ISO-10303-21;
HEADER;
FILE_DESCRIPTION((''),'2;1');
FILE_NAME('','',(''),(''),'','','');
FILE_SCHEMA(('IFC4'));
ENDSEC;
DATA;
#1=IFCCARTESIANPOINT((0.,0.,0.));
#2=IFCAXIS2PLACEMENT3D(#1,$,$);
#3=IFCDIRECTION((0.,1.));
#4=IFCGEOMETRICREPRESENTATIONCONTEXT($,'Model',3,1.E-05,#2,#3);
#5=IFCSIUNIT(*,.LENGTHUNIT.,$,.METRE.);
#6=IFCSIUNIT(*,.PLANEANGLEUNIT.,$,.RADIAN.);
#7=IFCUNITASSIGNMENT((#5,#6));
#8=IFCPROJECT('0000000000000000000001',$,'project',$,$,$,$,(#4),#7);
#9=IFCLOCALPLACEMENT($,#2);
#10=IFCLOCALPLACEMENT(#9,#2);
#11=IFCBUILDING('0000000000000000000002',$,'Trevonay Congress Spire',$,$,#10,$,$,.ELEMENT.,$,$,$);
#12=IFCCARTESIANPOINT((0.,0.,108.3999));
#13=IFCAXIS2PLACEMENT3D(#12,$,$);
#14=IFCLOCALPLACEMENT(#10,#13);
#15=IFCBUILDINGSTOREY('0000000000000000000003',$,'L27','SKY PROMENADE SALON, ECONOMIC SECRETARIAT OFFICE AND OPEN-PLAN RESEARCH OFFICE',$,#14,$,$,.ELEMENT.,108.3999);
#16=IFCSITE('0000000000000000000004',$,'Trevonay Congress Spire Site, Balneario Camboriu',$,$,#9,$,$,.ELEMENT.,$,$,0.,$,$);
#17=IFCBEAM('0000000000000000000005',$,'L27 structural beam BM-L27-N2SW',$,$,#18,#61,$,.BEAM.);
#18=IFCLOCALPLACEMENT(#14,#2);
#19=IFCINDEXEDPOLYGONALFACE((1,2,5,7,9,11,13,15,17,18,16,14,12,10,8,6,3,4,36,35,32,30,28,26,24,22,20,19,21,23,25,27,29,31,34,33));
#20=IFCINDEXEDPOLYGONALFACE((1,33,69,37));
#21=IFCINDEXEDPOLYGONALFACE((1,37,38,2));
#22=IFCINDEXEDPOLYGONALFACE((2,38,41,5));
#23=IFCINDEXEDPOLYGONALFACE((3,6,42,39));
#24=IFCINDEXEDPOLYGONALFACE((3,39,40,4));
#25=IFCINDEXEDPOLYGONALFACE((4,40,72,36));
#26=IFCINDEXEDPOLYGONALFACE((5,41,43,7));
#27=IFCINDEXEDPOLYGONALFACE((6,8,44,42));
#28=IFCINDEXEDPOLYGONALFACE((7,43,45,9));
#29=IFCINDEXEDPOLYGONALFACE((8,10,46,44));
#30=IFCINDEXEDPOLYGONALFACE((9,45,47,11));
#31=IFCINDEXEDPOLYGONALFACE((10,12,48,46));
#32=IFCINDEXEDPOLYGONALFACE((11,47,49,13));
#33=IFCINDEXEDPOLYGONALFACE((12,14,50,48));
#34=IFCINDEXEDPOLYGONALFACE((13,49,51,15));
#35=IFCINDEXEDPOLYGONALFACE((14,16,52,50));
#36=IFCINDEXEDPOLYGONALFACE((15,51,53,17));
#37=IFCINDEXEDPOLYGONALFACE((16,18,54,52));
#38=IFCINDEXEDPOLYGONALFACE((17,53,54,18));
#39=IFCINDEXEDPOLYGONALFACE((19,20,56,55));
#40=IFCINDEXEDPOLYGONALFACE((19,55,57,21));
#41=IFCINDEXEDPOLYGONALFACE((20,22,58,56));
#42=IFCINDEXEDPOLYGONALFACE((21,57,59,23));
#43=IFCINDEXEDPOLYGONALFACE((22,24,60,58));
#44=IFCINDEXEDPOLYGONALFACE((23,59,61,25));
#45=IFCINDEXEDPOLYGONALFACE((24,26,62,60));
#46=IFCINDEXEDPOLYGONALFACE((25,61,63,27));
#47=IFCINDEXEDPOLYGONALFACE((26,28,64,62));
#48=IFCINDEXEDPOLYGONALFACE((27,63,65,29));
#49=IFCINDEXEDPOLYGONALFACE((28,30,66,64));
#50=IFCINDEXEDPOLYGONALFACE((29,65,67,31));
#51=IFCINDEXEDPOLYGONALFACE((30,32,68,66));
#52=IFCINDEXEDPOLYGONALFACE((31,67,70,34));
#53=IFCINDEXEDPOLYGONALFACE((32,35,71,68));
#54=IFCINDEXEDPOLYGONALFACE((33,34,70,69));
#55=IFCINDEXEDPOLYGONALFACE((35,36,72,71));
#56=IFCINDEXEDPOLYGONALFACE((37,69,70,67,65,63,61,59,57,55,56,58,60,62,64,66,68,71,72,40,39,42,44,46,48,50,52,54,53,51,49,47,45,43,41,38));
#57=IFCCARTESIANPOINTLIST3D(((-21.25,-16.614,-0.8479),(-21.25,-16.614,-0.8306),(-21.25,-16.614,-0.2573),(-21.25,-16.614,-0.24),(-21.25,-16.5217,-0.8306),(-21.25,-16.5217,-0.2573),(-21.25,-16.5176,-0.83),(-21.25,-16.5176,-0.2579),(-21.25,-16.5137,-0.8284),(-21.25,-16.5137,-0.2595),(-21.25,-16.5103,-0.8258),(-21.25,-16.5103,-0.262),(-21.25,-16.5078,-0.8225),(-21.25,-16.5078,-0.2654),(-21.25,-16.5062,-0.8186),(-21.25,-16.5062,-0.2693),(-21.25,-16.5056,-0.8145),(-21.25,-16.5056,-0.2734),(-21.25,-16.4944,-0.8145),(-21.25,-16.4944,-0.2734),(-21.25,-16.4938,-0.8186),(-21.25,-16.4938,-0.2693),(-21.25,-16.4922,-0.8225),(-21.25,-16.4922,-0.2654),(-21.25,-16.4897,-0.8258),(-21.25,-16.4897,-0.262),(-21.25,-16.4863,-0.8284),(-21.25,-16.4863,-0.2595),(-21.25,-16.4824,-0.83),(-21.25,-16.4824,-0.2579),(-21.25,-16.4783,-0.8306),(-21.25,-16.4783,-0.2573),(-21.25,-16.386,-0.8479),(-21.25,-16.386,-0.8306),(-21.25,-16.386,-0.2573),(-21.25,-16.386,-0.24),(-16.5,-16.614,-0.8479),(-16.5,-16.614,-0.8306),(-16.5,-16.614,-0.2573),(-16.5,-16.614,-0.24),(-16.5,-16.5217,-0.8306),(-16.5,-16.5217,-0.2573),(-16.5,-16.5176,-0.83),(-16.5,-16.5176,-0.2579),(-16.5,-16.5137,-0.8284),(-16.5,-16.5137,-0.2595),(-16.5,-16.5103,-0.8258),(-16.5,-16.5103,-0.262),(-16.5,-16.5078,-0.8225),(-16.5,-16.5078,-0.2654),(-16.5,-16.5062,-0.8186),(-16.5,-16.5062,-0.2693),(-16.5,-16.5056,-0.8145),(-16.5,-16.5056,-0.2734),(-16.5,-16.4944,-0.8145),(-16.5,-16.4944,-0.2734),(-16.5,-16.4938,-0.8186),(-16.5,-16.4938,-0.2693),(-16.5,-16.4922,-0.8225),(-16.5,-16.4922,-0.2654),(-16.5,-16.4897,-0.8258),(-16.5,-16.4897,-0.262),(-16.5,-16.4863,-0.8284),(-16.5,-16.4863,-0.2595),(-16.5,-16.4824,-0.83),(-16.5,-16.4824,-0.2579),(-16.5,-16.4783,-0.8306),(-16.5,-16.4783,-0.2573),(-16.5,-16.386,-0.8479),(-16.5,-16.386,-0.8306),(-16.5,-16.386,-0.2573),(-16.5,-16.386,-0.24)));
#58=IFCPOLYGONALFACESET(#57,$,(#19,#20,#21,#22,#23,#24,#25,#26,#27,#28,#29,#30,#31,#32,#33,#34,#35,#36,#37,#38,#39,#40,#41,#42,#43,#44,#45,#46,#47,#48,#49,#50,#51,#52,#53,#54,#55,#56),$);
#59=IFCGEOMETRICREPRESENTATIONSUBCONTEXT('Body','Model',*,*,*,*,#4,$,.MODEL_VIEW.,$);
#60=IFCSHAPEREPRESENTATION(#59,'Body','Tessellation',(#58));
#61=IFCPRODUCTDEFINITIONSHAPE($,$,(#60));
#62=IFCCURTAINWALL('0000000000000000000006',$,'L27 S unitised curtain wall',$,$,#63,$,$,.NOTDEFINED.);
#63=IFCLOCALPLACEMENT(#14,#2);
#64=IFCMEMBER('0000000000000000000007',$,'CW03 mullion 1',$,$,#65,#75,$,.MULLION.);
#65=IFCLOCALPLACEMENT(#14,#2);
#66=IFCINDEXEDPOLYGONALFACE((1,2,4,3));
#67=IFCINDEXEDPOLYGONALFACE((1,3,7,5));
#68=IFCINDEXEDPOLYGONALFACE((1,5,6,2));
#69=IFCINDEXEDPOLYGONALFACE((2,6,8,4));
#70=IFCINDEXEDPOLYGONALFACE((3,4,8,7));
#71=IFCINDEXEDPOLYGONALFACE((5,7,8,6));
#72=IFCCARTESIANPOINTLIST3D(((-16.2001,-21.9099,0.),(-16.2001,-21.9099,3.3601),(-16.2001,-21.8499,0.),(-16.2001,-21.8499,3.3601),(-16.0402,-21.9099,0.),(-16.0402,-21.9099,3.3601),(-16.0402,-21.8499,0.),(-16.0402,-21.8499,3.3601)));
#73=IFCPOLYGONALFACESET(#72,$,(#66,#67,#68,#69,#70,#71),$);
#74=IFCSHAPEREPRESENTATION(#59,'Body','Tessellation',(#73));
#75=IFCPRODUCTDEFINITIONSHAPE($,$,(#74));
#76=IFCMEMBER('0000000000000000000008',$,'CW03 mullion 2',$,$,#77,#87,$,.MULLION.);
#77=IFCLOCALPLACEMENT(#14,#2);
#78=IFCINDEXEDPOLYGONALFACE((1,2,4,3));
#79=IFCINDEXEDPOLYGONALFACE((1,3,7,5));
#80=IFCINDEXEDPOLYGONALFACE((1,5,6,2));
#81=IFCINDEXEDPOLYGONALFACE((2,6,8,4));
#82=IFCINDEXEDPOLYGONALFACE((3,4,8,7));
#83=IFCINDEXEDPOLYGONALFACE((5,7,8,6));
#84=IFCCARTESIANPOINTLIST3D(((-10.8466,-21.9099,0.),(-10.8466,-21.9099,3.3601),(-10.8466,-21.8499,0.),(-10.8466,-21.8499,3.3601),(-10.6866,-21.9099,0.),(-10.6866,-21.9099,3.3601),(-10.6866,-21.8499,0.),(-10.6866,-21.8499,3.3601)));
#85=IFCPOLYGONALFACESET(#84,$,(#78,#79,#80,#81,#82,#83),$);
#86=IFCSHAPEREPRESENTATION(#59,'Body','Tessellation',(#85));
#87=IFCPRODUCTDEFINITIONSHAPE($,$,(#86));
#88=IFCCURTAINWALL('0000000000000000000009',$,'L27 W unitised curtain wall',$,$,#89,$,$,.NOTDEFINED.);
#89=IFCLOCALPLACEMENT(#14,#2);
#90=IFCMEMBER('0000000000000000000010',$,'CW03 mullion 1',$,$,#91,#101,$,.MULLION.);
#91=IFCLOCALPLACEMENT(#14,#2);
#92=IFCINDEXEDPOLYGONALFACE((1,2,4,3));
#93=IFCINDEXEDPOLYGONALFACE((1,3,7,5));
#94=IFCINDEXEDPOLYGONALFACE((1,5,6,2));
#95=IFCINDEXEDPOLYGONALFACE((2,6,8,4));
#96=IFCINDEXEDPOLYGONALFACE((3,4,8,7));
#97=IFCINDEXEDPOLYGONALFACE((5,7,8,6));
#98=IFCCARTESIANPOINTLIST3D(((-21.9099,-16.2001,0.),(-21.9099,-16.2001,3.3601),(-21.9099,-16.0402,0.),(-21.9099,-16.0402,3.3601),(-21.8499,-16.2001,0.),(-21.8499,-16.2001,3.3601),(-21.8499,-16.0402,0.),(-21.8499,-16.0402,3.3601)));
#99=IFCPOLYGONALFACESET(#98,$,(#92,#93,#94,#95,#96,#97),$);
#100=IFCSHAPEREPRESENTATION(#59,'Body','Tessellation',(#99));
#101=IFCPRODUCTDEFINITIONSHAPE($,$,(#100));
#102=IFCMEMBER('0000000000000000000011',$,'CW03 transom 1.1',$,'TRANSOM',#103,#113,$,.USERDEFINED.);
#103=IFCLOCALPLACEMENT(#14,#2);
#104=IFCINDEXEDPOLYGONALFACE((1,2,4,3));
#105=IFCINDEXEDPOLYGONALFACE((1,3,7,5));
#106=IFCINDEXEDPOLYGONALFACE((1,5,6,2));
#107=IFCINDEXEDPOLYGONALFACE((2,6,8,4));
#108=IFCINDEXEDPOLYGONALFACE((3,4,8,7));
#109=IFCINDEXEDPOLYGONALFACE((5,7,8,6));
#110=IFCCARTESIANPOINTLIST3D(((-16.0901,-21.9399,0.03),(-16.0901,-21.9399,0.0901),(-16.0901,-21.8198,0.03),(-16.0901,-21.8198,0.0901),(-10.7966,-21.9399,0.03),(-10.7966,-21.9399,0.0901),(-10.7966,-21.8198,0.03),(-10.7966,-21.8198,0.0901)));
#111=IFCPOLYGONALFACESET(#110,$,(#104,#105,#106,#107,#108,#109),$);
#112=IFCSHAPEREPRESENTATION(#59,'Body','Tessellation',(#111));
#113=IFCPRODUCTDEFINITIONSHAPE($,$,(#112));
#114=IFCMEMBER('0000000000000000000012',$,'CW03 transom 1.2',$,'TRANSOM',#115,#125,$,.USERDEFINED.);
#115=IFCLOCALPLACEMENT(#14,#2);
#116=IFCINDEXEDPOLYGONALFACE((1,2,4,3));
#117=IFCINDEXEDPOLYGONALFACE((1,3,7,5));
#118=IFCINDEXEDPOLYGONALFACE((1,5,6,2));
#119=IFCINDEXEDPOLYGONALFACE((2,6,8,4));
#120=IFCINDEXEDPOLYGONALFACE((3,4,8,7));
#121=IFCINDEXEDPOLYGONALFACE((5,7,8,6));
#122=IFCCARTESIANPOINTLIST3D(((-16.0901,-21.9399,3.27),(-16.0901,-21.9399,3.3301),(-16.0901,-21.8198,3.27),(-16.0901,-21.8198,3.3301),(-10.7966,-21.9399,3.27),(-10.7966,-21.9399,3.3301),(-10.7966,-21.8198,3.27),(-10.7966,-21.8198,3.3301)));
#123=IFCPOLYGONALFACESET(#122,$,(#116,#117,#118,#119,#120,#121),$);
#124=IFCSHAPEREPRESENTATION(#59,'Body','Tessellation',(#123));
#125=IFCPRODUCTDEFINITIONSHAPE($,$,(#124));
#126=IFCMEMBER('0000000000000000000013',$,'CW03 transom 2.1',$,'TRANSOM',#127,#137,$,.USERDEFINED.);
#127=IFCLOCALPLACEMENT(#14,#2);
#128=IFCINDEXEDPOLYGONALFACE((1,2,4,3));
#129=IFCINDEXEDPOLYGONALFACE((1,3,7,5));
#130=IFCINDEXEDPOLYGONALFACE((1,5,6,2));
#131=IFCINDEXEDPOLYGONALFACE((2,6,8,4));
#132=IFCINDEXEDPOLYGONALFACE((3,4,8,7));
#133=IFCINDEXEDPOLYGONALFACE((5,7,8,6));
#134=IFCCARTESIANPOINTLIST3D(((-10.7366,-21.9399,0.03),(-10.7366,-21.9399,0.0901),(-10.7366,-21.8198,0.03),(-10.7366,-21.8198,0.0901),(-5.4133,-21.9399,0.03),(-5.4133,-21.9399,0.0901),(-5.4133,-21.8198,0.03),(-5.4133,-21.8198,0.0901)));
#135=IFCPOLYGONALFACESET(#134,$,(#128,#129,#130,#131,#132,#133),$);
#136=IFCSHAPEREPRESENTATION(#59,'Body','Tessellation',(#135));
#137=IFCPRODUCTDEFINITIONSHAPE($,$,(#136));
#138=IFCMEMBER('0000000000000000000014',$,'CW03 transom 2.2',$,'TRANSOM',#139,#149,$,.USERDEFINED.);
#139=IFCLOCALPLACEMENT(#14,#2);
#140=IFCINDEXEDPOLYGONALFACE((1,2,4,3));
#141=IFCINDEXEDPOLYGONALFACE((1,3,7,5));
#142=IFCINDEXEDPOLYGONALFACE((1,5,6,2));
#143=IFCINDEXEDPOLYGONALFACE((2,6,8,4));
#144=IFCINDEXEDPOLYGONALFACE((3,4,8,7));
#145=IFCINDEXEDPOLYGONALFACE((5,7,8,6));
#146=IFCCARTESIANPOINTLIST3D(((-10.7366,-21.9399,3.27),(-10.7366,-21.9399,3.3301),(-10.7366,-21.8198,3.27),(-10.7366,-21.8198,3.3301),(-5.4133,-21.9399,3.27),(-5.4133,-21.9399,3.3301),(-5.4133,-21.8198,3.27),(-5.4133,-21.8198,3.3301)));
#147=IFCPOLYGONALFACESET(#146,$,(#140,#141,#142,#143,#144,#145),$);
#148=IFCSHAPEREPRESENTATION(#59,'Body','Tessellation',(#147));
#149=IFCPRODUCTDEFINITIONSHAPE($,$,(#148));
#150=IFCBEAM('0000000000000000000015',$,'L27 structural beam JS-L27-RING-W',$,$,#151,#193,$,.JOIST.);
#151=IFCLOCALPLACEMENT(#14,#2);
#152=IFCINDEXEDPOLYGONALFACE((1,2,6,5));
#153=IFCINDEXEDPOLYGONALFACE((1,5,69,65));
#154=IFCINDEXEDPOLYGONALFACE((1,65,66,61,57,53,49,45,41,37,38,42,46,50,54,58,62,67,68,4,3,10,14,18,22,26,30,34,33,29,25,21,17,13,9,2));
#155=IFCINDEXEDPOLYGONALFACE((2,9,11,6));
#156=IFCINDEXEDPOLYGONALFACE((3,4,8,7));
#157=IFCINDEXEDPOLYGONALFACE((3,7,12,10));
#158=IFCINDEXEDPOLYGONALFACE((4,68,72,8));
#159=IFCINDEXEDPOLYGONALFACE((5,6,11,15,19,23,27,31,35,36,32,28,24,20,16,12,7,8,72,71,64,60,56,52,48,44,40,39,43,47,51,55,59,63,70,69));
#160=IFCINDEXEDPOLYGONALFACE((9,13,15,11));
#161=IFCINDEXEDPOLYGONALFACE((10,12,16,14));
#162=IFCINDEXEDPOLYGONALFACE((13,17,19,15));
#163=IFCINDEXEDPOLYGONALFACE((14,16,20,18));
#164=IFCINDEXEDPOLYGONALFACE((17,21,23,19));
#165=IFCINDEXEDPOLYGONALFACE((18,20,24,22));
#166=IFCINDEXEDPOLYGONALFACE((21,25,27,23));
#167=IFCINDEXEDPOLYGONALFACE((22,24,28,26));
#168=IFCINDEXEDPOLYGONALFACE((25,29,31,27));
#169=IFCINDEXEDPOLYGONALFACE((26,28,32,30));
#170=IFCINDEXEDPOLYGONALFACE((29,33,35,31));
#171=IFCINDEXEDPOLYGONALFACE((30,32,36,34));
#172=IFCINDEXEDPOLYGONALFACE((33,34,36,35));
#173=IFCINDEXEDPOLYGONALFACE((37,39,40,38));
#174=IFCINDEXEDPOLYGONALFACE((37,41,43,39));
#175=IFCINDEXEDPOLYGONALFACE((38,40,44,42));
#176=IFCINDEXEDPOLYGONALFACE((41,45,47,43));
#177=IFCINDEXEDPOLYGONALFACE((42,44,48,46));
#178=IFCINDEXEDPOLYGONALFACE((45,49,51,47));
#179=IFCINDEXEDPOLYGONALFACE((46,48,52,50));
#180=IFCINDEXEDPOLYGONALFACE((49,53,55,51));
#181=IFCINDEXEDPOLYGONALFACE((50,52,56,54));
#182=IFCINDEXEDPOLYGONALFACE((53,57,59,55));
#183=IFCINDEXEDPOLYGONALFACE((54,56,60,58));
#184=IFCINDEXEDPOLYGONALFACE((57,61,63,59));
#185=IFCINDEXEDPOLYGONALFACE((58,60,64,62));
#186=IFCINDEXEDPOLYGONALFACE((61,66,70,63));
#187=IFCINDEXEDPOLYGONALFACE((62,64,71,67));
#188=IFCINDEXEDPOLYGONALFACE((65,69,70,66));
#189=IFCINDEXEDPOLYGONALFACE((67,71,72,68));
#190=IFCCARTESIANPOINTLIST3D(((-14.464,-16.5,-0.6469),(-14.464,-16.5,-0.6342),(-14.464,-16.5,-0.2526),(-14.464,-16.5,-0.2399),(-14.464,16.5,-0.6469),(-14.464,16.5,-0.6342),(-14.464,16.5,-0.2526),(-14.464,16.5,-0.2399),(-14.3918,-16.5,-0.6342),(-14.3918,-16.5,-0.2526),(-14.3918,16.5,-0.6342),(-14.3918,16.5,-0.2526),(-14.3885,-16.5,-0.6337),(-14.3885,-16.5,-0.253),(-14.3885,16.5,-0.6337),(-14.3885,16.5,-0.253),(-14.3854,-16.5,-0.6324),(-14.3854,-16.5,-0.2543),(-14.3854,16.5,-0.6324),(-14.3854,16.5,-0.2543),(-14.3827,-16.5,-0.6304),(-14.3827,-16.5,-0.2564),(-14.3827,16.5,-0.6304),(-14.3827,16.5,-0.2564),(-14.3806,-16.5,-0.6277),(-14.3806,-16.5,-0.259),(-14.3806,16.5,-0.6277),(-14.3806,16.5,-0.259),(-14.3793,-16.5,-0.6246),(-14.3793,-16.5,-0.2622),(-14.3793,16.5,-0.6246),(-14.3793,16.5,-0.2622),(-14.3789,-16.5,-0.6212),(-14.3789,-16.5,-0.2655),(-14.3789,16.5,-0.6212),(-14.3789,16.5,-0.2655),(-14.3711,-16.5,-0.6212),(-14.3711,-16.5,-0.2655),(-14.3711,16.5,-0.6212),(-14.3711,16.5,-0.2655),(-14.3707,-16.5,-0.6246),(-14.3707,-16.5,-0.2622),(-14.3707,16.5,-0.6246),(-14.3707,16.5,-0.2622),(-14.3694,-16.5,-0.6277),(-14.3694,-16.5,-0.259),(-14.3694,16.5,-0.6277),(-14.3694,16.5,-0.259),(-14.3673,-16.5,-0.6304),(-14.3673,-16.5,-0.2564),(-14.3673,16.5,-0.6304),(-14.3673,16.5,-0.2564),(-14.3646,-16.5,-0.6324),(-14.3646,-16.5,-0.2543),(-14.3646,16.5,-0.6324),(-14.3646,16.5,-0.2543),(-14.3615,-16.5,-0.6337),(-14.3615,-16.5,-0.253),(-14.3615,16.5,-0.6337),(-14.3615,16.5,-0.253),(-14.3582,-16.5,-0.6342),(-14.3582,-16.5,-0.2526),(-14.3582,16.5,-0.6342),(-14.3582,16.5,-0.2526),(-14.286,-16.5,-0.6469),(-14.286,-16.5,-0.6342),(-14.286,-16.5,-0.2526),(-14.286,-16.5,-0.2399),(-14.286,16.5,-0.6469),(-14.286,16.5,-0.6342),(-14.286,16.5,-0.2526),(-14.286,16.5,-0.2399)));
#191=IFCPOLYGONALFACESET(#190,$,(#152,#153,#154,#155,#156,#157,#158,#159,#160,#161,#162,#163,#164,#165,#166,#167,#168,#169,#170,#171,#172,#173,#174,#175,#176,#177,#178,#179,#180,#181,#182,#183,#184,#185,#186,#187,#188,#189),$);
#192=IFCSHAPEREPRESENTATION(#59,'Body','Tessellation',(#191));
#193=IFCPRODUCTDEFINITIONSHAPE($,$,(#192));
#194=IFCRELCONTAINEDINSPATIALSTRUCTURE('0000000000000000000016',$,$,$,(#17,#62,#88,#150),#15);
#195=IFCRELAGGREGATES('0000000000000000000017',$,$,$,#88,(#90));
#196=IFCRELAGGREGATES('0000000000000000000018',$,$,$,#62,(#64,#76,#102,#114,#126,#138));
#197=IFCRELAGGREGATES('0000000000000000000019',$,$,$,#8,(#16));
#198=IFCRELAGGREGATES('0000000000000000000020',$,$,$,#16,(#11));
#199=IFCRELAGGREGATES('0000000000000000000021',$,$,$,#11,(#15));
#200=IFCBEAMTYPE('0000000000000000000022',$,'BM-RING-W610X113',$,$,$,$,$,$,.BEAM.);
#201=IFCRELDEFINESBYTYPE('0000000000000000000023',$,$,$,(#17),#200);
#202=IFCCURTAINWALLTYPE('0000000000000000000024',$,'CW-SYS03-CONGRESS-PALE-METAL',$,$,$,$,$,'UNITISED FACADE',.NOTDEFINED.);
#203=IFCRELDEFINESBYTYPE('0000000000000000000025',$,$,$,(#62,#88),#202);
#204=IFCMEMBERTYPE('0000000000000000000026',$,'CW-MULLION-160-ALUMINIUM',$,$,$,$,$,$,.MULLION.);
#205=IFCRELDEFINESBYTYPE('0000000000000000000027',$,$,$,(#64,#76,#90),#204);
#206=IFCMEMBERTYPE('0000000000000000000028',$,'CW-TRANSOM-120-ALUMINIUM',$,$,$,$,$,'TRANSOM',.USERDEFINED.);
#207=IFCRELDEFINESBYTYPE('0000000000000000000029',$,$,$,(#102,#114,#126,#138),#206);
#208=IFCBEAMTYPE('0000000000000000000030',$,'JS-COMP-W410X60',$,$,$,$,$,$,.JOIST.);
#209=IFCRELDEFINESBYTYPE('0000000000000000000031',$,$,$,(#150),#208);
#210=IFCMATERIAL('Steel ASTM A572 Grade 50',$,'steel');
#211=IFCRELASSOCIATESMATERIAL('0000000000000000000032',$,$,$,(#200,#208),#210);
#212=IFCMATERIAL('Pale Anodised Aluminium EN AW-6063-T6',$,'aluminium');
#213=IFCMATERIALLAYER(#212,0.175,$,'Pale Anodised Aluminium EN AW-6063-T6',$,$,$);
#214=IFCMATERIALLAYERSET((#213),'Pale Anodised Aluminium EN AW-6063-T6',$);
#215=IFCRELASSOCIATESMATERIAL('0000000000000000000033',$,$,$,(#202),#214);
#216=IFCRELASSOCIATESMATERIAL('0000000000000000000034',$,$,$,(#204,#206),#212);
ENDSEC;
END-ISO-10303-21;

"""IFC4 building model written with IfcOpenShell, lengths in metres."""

from ifc_helpers import new_model, si_unit, direction, frame, origin, origin_2d, place, context, subcontext, project, spatial, rectangle, i_section, extrude, material, layer, layer_set, material_profile, profile_set, type_object, element, aggregate, save


model = new_model("IFC4")

# Units and contexts
model_context = context("Model", 3, precision=1e-05, world=origin(), true_north=direction((0.0, 1.0)))
body_context = subcontext(model_context, "Body", "Model", "MODEL_VIEW")
ifc_project = project(units=[si_unit("LENGTHUNIT", "METRE"), si_unit("PLANEANGLEUNIT", "RADIAN")], contexts=[model_context])

# Site, building, storey
site_placement = place(None, origin())
site = spatial("IfcSite", under=ifc_project, at=site_placement, Name="Trevonay Congress Spire Site, Balneario Camboriu", CompositionType="ELEMENT", RefElevation=0.0)
building_placement = place(site_placement, origin())
building = spatial("IfcBuilding", under=site, at=building_placement, Name="Trevonay Congress Spire", CompositionType="ELEMENT")
storey_placement = place(building_placement, frame((0.0, 0.0, 108.3999)))
storey = spatial("IfcBuildingStorey", under=building, at=storey_placement, Name="L27", Description="SKY PROMENADE SALON, ECONOMIC SECRETARIAT OFFICE AND OPEN-PLAN RESEARCH OFFICE", CompositionType="ELEMENT", Elevation=108.3999)

# Shared definitions
ifc_material_1 = material(Name="Steel ASTM A572 Grade 50", Category="steel")

# Beam
ifc_material_profile_1 = material_profile(ifc_material_1, i_section(OverallWidth=0.228, OverallDepth=0.6079, WebThickness=0.0112, FlangeThickness=0.0173, FilletRadius=0.0161, at=origin_2d()), Name="W610x113")
ifc_profile_set_1 = profile_set([ifc_material_profile_1], Name="Steel ASTM A572 Grade 50")
beam_type_1 = type_object("IfcBeamType", Name="BM-RING-W610X113", PredefinedType="BEAM", material=ifc_profile_set_1)
for number, where, z_axis, x_axis, name in (
    (1, (-21.25, -16.5, -0.5439), (1.0, 0.0, 0.0), (0.0, 1.0, 0.0), "L27 structural beam BM-L27-N2SW"),
):
    element("IfcBeam", number, at=place(storey_placement, frame(where, z_axis=z_axis, x_axis=x_axis)), inside=storey, type_object=beam_type_1, Name=name, PredefinedType="BEAM", context=body_context, shape_type="SweptSolid", body=[
        extrude(i_section(OverallWidth=0.228, OverallDepth=0.6079, WebThickness=0.0112, FlangeThickness=0.0173, FilletRadius=0.0161, at=origin_2d()), origin(), (0.0, 0.0, 1.0), 4.75),
    ])

# Curtain wall, members
ifc_material_2 = material(Name="Pale Anodised Aluminium EN AW-6063-T6", Category="aluminium")
ifc_layer_1 = layer(ifc_material_2, 0.175, Name="Pale Anodised Aluminium EN AW-6063-T6")
ifc_layer_set_1 = layer_set([ifc_layer_1], Name="Pale Anodised Aluminium EN AW-6063-T6")
curtain_wall_type = type_object("IfcCurtainWallType", Name="CW-SYS03-CONGRESS-PALE-METAL", ElementType="UNITISED FACADE", PredefinedType="NOTDEFINED", material=ifc_layer_set_1)
curtain_wall_1_placement = place(storey_placement, origin())
curtain_wall_1 = element("IfcCurtainWall", 2, at=curtain_wall_1_placement, inside=storey, type_object=curtain_wall_type, Name="L27 S unitised curtain wall", PredefinedType="NOTDEFINED")
ifc_material_profile_2 = material_profile(ifc_material_2, rectangle(XDim=0.0601, YDim=0.1599, at=origin_2d()), Name="CW-MULLION-160-ALUMINIUM")
ifc_profile_set_2 = profile_set([ifc_material_profile_2], Name="Pale Anodised Aluminium EN AW-6063-T6")
member_type_1 = type_object("IfcMemberType", Name="CW-MULLION-160-ALUMINIUM", PredefinedType="MULLION", material=ifc_profile_set_2)
member_1_placement = place(storey_placement, frame((-16.1201, -21.8799, 0.0), z_axis=(0.0, 0.0, 1.0), x_axis=(0.0, 1.0, 0.0)))
member_1 = element("IfcMember", 3, at=member_1_placement, type_object=member_type_1, Name="CW03 mullion 1", PredefinedType="MULLION", context=body_context, shape_type="SweptSolid", body=[
    extrude(rectangle(XDim=0.0601, YDim=0.1599, at=origin_2d()), origin(), (0.0, 0.0, 1.0), 3.3601),
])
member_2_placement = place(storey_placement, frame((-10.7666, -21.8799, 0.0), z_axis=(0.0, 0.0, 1.0), x_axis=(0.0, 1.0, 0.0)))
member_2 = element("IfcMember", 4, at=member_2_placement, type_object=member_type_1, Name="CW03 mullion 2", PredefinedType="MULLION", context=body_context, shape_type="SweptSolid", body=[
    extrude(rectangle(XDim=0.0601, YDim=0.1599, at=origin_2d()), origin(), (0.0, 0.0, 1.0), 3.3601),
])

# Curtain wall, member
curtain_wall_2_placement = place(storey_placement, origin())
curtain_wall_2 = element("IfcCurtainWall", 5, at=curtain_wall_2_placement, inside=storey, type_object=curtain_wall_type, Name="L27 W unitised curtain wall", PredefinedType="NOTDEFINED")
member_3_placement = place(storey_placement, frame((-21.8799, -16.1201, 0.0), z_axis=(0.0, 0.0, 1.0), x_axis=(-1.0, 0.0, 0.0)))
member_3 = element("IfcMember", 6, at=member_3_placement, type_object=member_type_1, Name="CW03 mullion 1", PredefinedType="MULLION", context=body_context, shape_type="SweptSolid", body=[
    extrude(rectangle(XDim=0.0601, YDim=0.1599, at=origin_2d()), origin(), (0.0, 0.0, 1.0), 3.3601),
])
aggregate(curtain_wall_2, [member_3])

# Members
ifc_material_profile_3 = material_profile(ifc_material_2, rectangle(XDim=0.1201, YDim=0.0601, at=origin_2d()), Name="CW-TRANSOM-120-ALUMINIUM")
ifc_profile_set_3 = profile_set([ifc_material_profile_3], Name="Pale Anodised Aluminium EN AW-6063-T6")
member_type_2 = type_object("IfcMemberType", Name="CW-TRANSOM-120-ALUMINIUM", ElementType="TRANSOM", PredefinedType="USERDEFINED", material=ifc_profile_set_3)
member_4_placement = place(storey_placement, frame((-16.0901, -21.8799, 0.0601), z_axis=(1.0, 0.0, 0.0), x_axis=(0.0, 1.0, 0.0)))
member_4 = element("IfcMember", 7, at=member_4_placement, type_object=member_type_2, Name="CW03 transom 1.1", ObjectType="TRANSOM", PredefinedType="USERDEFINED", context=body_context, shape_type="SweptSolid", body=[
    extrude(rectangle(XDim=0.1201, YDim=0.0601, at=origin_2d()), origin(), (0.0, 0.0, 1.0), 5.2935),
])
member_5_placement = place(storey_placement, frame((-16.0901, -21.8799, 3.3), z_axis=(1.0, 0.0, 0.0), x_axis=(0.0, 1.0, 0.0)))
member_5 = element("IfcMember", 8, at=member_5_placement, type_object=member_type_2, Name="CW03 transom 1.2", ObjectType="TRANSOM", PredefinedType="USERDEFINED", context=body_context, shape_type="SweptSolid", body=[
    extrude(rectangle(XDim=0.1201, YDim=0.0601, at=origin_2d()), origin(), (0.0, 0.0, 1.0), 5.2935),
])
member_6_placement = place(storey_placement, frame((-10.7366, -21.8799, 0.0601), z_axis=(1.0, 0.0, 0.0), x_axis=(0.0, 1.0, 0.0)))
member_6 = element("IfcMember", 9, at=member_6_placement, type_object=member_type_2, Name="CW03 transom 2.1", ObjectType="TRANSOM", PredefinedType="USERDEFINED", context=body_context, shape_type="SweptSolid", body=[
    extrude(rectangle(XDim=0.1201, YDim=0.0601, at=origin_2d()), origin(), (0.0, 0.0, 1.0), 5.3232),
])
member_7_placement = place(storey_placement, frame((-10.7366, -21.8799, 3.3), z_axis=(1.0, 0.0, 0.0), x_axis=(0.0, 1.0, 0.0)))
member_7 = element("IfcMember", 10, at=member_7_placement, type_object=member_type_2, Name="CW03 transom 2.2", ObjectType="TRANSOM", PredefinedType="USERDEFINED", context=body_context, shape_type="SweptSolid", body=[
    extrude(rectangle(XDim=0.1201, YDim=0.0601, at=origin_2d()), origin(), (0.0, 0.0, 1.0), 5.3232),
])

# Beam
ifc_material_profile_4 = material_profile(ifc_material_1, i_section(OverallWidth=0.178, OverallDepth=0.407, WebThickness=0.0078, FlangeThickness=0.0127, FilletRadius=0.0129, at=origin_2d()), Name="W410x60")
ifc_profile_set_4 = profile_set([ifc_material_profile_4], Name="Steel ASTM A572 Grade 50")
beam_type_2 = type_object("IfcBeamType", Name="JS-COMP-W410X60", PredefinedType="JOIST", material=ifc_profile_set_4)
beam_placement = place(storey_placement, frame((-14.375, -16.5, -0.4434), z_axis=(0.0, 1.0, 0.0), x_axis=(-1.0, 0.0, 0.0)))
element("IfcBeam", 11, at=beam_placement, inside=storey, type_object=beam_type_2, Name="L27 structural beam JS-L27-RING-W", PredefinedType="JOIST", context=body_context, shape_type="SweptSolid", body=[
    extrude(i_section(OverallWidth=0.178, OverallDepth=0.407, WebThickness=0.0078, FlangeThickness=0.0127, FilletRadius=0.0129, at=origin_2d()), origin(), (0.0, 0.0, 1.0), 33.0),
])

aggregate(curtain_wall_1, [member_1, member_2, member_4, member_5, member_6, member_7])

save(model, "model.ifc")
